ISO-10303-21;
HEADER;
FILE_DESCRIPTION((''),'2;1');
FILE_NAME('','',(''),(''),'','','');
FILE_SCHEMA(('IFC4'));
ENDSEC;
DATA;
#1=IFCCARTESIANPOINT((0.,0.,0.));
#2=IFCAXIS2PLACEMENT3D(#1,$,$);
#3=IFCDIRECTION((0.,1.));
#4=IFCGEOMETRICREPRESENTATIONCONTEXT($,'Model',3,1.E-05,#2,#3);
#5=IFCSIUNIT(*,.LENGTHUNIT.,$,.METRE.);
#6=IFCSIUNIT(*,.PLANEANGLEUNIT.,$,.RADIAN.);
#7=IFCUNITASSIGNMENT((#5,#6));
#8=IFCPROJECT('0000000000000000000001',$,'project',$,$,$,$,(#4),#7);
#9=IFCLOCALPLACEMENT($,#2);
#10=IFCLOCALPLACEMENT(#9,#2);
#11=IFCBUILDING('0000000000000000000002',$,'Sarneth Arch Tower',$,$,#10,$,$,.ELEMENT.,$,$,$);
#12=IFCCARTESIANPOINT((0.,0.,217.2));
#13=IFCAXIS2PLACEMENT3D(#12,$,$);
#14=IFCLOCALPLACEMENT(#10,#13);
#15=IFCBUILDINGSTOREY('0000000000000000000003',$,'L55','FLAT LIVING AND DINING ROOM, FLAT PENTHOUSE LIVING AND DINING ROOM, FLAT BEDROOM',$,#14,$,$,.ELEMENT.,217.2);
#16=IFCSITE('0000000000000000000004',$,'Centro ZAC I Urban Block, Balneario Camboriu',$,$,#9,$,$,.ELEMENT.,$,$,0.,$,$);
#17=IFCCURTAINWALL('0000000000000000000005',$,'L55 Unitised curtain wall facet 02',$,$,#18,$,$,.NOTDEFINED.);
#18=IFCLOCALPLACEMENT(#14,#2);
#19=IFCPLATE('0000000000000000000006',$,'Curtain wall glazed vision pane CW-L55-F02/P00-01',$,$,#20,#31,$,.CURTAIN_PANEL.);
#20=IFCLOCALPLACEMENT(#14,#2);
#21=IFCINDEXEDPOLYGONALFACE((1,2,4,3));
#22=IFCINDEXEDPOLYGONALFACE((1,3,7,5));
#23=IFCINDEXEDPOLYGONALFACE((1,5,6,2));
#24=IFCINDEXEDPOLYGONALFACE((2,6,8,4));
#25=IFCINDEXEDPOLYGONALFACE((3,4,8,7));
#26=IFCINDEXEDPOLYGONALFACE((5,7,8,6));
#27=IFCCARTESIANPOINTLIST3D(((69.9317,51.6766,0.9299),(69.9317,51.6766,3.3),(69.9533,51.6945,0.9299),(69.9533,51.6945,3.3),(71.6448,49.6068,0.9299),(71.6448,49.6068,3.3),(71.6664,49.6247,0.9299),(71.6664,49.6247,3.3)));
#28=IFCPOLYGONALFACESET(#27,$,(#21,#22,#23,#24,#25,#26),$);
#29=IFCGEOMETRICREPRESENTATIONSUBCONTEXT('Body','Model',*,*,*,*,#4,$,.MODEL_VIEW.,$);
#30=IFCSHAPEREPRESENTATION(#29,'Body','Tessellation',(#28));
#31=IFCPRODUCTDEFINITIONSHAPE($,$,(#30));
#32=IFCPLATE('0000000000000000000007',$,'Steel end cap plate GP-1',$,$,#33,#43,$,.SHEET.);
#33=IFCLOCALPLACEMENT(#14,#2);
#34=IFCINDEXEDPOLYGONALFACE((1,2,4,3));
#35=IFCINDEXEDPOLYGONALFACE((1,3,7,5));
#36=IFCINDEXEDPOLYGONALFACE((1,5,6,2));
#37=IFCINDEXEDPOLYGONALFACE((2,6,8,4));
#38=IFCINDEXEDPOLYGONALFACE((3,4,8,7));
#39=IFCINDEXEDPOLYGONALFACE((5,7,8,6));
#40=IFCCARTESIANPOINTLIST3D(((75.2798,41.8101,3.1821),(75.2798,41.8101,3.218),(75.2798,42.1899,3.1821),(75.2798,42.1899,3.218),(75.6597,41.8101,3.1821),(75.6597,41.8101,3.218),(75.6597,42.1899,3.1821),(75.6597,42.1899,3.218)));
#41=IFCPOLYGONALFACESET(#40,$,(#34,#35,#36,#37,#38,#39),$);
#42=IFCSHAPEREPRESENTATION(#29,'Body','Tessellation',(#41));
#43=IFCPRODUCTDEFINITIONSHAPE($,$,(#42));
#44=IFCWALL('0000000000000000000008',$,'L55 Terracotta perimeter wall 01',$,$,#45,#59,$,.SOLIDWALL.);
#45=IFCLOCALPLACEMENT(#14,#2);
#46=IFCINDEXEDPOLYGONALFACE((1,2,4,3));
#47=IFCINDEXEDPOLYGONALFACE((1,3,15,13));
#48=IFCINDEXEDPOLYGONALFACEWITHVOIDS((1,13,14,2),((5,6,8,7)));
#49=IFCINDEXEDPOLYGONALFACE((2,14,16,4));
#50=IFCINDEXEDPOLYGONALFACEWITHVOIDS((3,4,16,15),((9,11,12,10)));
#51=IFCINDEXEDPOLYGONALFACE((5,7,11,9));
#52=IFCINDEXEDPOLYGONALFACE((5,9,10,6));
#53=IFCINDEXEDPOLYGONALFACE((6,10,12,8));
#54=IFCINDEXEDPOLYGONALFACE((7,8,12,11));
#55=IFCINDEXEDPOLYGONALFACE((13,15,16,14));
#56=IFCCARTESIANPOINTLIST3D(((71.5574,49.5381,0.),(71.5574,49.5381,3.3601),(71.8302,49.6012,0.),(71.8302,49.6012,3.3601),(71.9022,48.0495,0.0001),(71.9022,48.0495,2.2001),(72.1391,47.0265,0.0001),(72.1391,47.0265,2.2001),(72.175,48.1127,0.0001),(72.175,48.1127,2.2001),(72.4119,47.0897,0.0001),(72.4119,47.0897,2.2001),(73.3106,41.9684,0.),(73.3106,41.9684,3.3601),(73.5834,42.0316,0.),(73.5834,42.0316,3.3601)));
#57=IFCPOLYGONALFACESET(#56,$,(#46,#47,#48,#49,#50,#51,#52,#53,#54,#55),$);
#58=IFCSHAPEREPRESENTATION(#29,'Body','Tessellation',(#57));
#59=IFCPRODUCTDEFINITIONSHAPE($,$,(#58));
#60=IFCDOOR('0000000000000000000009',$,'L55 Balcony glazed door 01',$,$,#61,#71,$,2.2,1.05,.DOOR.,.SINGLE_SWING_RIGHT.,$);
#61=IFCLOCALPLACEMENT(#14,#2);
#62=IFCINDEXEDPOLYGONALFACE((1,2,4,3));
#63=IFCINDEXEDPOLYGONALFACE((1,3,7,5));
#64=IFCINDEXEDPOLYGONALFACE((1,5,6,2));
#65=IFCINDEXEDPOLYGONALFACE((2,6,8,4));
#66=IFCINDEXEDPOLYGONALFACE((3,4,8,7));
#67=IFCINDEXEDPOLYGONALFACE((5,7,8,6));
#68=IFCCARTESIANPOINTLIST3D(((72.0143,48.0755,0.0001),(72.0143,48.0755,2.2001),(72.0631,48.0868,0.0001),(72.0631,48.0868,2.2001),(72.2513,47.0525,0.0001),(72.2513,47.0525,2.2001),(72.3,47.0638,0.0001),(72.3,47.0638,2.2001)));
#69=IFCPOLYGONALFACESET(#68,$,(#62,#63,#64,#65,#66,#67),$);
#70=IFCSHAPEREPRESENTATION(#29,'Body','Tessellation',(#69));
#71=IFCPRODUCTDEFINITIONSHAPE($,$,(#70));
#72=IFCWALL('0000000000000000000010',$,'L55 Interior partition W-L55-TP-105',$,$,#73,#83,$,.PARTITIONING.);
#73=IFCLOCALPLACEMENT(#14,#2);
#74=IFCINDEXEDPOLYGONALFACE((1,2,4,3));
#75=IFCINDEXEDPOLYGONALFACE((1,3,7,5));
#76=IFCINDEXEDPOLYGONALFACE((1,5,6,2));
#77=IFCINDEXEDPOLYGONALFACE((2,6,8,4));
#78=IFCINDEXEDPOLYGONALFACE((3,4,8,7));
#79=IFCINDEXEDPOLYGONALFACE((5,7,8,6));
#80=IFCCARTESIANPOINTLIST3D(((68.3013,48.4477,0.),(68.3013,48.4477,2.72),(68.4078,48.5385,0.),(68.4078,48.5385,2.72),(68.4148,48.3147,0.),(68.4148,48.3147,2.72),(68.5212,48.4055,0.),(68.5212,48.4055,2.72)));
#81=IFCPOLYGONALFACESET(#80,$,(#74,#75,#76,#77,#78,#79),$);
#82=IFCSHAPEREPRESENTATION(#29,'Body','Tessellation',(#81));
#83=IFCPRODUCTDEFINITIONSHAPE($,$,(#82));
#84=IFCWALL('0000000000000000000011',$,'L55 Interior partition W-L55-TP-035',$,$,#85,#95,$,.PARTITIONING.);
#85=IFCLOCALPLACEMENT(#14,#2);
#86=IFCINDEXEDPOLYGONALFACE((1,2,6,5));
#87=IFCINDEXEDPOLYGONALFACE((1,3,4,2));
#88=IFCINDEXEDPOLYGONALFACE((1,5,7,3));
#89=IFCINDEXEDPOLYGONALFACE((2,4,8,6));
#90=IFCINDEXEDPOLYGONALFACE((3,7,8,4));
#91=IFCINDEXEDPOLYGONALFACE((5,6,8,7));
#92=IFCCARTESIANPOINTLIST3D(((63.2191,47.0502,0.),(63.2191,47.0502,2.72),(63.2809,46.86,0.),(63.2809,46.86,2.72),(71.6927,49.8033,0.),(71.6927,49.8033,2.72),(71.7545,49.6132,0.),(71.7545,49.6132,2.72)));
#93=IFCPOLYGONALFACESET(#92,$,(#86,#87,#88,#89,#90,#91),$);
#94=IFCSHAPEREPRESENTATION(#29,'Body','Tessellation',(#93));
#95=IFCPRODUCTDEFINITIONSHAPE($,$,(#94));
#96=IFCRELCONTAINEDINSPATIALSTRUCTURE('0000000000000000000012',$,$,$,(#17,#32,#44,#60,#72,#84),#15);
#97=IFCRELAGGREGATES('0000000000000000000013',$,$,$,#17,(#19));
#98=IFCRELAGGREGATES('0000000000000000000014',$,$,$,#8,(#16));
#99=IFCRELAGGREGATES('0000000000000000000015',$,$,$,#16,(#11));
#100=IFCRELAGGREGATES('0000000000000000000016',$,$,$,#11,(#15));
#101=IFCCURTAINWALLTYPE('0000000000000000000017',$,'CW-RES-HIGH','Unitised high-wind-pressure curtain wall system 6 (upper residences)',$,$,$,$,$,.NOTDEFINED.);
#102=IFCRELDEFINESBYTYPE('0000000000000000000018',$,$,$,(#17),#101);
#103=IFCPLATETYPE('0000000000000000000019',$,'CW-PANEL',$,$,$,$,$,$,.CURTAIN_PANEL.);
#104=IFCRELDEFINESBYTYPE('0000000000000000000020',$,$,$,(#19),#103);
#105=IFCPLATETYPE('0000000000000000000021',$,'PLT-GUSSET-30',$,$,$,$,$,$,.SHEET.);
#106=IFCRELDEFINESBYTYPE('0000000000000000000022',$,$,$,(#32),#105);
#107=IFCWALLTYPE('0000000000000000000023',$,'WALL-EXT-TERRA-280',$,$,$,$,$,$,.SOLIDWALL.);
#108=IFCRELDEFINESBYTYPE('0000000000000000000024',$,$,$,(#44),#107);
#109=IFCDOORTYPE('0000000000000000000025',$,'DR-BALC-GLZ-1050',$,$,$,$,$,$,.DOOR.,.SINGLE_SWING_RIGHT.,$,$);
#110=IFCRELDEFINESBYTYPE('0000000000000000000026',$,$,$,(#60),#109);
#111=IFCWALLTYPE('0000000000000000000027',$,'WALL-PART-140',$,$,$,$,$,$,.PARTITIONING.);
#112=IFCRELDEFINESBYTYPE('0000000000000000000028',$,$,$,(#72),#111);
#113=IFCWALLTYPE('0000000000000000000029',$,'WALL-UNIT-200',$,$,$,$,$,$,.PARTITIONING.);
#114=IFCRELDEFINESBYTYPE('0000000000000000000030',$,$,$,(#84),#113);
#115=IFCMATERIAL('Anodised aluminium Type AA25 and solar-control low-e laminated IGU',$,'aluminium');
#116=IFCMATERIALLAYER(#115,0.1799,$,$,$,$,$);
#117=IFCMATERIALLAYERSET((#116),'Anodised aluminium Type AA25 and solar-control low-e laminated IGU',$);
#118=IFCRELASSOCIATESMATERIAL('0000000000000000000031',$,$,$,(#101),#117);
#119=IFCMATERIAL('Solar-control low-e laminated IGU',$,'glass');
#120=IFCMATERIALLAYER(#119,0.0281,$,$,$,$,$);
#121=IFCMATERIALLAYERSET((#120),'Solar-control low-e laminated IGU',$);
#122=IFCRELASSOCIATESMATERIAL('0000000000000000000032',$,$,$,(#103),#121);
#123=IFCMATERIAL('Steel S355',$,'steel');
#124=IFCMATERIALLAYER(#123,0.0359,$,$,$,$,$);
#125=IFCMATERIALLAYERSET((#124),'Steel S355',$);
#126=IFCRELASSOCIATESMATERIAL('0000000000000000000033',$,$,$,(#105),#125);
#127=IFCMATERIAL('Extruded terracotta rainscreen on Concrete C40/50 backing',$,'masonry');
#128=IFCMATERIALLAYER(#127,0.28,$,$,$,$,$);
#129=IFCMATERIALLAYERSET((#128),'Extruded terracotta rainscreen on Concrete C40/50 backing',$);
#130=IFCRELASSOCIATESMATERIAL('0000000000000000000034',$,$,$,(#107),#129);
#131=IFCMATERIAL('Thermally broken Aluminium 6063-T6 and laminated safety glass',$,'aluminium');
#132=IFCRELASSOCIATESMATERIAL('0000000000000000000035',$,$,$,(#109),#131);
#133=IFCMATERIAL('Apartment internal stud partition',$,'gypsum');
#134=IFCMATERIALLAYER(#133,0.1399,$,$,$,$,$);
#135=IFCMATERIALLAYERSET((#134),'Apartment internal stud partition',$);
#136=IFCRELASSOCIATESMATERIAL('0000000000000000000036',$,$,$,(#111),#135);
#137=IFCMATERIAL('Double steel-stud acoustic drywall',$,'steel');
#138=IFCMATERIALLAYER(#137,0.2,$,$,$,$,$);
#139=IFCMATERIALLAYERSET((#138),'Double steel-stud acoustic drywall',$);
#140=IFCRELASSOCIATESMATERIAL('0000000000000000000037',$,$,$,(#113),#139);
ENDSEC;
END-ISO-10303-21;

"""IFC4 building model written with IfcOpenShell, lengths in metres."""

from ifc_helpers import new_model, si_unit, direction, frame, frame_2d, origin, origin_2d, place, context, subcontext, project, spatial, rectangle, extrude, material, layer, layer_set, type_object, element, fill, aggregate, save


model = new_model("IFC4")

# Units and contexts
model_context = context("Model", 3, precision=1e-05, world=origin(), true_north=direction((0.0, 1.0)))
body_context = subcontext(model_context, "Body", "Model", "MODEL_VIEW")
ifc_project = project(units=[si_unit("LENGTHUNIT", "METRE"), si_unit("PLANEANGLEUNIT", "RADIAN")], contexts=[model_context])

# Site, building, storey
site_placement = place(None, origin())
site = spatial("IfcSite", under=ifc_project, at=site_placement, Name="Centro ZAC I Urban Block, Balneario Camboriu", CompositionType="ELEMENT", RefElevation=0.0)
building_placement = place(site_placement, origin())
building = spatial("IfcBuilding", under=site, at=building_placement, Name="Sarneth Arch Tower", CompositionType="ELEMENT")
storey_placement = place(building_placement, frame((0.0, 0.0, 217.2)))
storey = spatial("IfcBuildingStorey", under=building, at=storey_placement, Name="L55", Description="FLAT LIVING AND DINING ROOM, FLAT PENTHOUSE LIVING AND DINING ROOM, FLAT BEDROOM", CompositionType="ELEMENT", Elevation=217.2)

# Curtain wall
ifc_material_1 = material(Name="Anodised aluminium Type AA25 and solar-control low-e laminated IGU", Category="aluminium")
ifc_layer_1 = layer(ifc_material_1, 0.1799)
ifc_layer_set_1 = layer_set([ifc_layer_1], Name="Anodised aluminium Type AA25 and solar-control low-e laminated IGU")
curtain_wall_type = type_object("IfcCurtainWallType", Name="CW-RES-HIGH", Description="Unitised high-wind-pressure curtain wall system 6 (upper residences)", PredefinedType="NOTDEFINED", material=ifc_layer_set_1)
curtain_wall_placement = place(storey_placement, origin())
curtain_wall = element("IfcCurtainWall", 1, at=curtain_wall_placement, inside=storey, type_object=curtain_wall_type, Name="L55 Unitised curtain wall facet 02", PredefinedType="NOTDEFINED")

# Plates
ifc_material_2 = material(Name="Solar-control low-e laminated IGU", Category="glass")
ifc_layer_2 = layer(ifc_material_2, 0.0281)
ifc_layer_set_2 = layer_set([ifc_layer_2], Name="Solar-control low-e laminated IGU")
plate_type_1 = type_object("IfcPlateType", Name="CW-PANEL", PredefinedType="CURTAIN_PANEL", material=ifc_layer_set_2)
plate_1_placement = place(storey_placement, frame((70.7991, 50.6506, 0.9299), z_axis=(0.0, 0.0, 1.0), x_axis=(-0.63761, 0.770359, 0.0)))
plate_1 = element("IfcPlate", 2, at=plate_1_placement, type_object=plate_type_1, Name="Curtain wall glazed vision pane CW-L55-F02/P00-01", PredefinedType="CURTAIN_PANEL", context=body_context, shape_type="SweptSolid", body=[
    extrude(rectangle(XDim=2.6868, YDim=0.0281, at=origin_2d()), origin(), (0.0, 0.0, 1.0), 2.3701),
])
aggregate(curtain_wall, [plate_1])
ifc_material_3 = material(Name="Steel S355", Category="steel")
ifc_layer_3 = layer(ifc_material_3, 0.0359)
ifc_layer_set_3 = layer_set([ifc_layer_3], Name="Steel S355")
plate_type_2 = type_object("IfcPlateType", Name="PLT-GUSSET-30", PredefinedType="SHEET", material=ifc_layer_set_3)
plate_2_placement = place(storey_placement, frame((75.4697, 42.0, 3.1821), z_axis=(0.0, 0.0, 1.0), x_axis=(1.0, 0.0, 0.0)))
element("IfcPlate", 3, at=plate_2_placement, inside=storey, type_object=plate_type_2, Name="Steel end cap plate GP-1", PredefinedType="SHEET", context=body_context, shape_type="SweptSolid", body=[
    extrude(rectangle(XDim=0.3799, YDim=0.3799, at=origin_2d()), origin(), (0.0, 0.0, 1.0), 0.0359),
])

# Wall, opening, door
ifc_material_4 = material(Name="Extruded terracotta rainscreen on Concrete C40/50 backing", Category="masonry")
ifc_layer_4 = layer(ifc_material_4, 0.28)
ifc_layer_set_4 = layer_set([ifc_layer_4], Name="Extruded terracotta rainscreen on Concrete C40/50 backing")
wall_type_1 = type_object("IfcWallType", Name="WALL-EXT-TERRA-280", PredefinedType="SOLIDWALL", material=ifc_layer_set_4)
wall_1_placement = place(storey_placement, frame((73.447, 42.0, 0.0), z_axis=(0.0, 0.0, 1.0), x_axis=(-0.225635, 0.974212, 0.0)))
wall_1 = element("IfcWall", 4, at=wall_1_placement, inside=storey, type_object=wall_type_1, Name="L55 Terracotta perimeter wall 01", PredefinedType="SOLIDWALL", context=body_context, shape_type="SweptSolid", body=[
    extrude(rectangle(XDim=7.77, YDim=0.28, at=frame_2d((3.885, 0.0))), origin(), (0.0, 0.0, 1.0), 3.3601),
])
opening_placement = place(wall_1_placement, frame((5.1921, 0.0, 0.0)))
opening = element("IfcOpeningElement", 5, at=opening_placement, cuts=wall_1, PredefinedType="OPENING", context=body_context, shape_type="SweptSolid", body=[
    extrude(rectangle(XDim=1.05, YDim=2.2, at=frame_2d((0.5249, 1.1001))), frame((0.0, 0.1499, 0.0), z_axis=(0.0, -1.0, 0.0), x_axis=(1.0, 0.0, 0.0)), (0.0, 0.0, 1.0), 0.3),
])
ifc_material_5 = material(Name="Thermally broken Aluminium 6063-T6 and laminated safety glass", Category="aluminium")
door_type = type_object("IfcDoorType", Name="DR-BALC-GLZ-1050", OperationType="SINGLE_SWING_RIGHT", PredefinedType="DOOR", material=ifc_material_5)
door_placement = place(opening_placement, origin())
door = element("IfcDoor", 6, at=door_placement, inside=storey, type_object=door_type, Name="L55 Balcony glazed door 01", OperationType="SINGLE_SWING_RIGHT", OverallHeight=2.2, OverallWidth=1.05, PredefinedType="DOOR", context=body_context, shape_type="SweptSolid", body=[
    extrude(rectangle(XDim=1.05, YDim=2.2, at=frame_2d((0.5249, 1.1001))), frame((0.0, 0.0249, 0.0), z_axis=(0.0, -1.0, 0.0), x_axis=(1.0, 0.0, 0.0)), (0.0, 0.0, 1.0), 0.05),
])
fill(opening, door)

# Walls
ifc_material_6 = material(Name="Apartment internal stud partition", Category="gypsum")
ifc_layer_5 = layer(ifc_material_6, 0.1399)
ifc_layer_set_5 = layer_set([ifc_layer_5], Name="Apartment internal stud partition")
wall_type_2 = type_object("IfcWallType", Name="WALL-PART-140", PredefinedType="PARTITIONING", material=ifc_layer_set_5)
wall_2_placement = place(storey_placement, frame((68.468, 48.3601, 0.0), z_axis=(0.0, 0.0, 1.0), x_axis=(-0.649065, 0.760733, 0.0)))
element("IfcWall", 7, at=wall_2_placement, inside=storey, type_object=wall_type_2, Name="L55 Interior partition W-L55-TP-105", PredefinedType="PARTITIONING", context=body_context, shape_type="SweptSolid", body=[
    extrude(rectangle(XDim=0.1748, YDim=0.1399, at=frame_2d((0.0874, 0.0))), origin(), (0.0, 0.0, 1.0), 2.72),
])
ifc_material_7 = material(Name="Double steel-stud acoustic drywall", Category="steel")
ifc_layer_6 = layer(ifc_material_7, 0.2)
ifc_layer_set_6 = layer_set([ifc_layer_6], Name="Double steel-stud acoustic drywall")
wall_type_3 = type_object("IfcWallType", Name="WALL-UNIT-200", PredefinedType="PARTITIONING", material=ifc_layer_set_6)
wall_3_placement = place(storey_placement, frame((63.25, 46.9551, 0.0), z_axis=(0.0, 0.0, 1.0), x_axis=(0.951059, 0.309009, 0.0)))
element("IfcWall", 8, at=wall_3_placement, inside=storey, type_object=wall_type_3, Name="L55 Interior partition W-L55-TP-035", PredefinedType="PARTITIONING", context=body_context, shape_type="SweptSolid", body=[
    extrude(rectangle(XDim=8.9097, YDim=0.2, at=frame_2d((4.4548, 0.0))), origin(), (0.0, 0.0, 1.0), 2.72),
])

save(model, "model.ifc")
